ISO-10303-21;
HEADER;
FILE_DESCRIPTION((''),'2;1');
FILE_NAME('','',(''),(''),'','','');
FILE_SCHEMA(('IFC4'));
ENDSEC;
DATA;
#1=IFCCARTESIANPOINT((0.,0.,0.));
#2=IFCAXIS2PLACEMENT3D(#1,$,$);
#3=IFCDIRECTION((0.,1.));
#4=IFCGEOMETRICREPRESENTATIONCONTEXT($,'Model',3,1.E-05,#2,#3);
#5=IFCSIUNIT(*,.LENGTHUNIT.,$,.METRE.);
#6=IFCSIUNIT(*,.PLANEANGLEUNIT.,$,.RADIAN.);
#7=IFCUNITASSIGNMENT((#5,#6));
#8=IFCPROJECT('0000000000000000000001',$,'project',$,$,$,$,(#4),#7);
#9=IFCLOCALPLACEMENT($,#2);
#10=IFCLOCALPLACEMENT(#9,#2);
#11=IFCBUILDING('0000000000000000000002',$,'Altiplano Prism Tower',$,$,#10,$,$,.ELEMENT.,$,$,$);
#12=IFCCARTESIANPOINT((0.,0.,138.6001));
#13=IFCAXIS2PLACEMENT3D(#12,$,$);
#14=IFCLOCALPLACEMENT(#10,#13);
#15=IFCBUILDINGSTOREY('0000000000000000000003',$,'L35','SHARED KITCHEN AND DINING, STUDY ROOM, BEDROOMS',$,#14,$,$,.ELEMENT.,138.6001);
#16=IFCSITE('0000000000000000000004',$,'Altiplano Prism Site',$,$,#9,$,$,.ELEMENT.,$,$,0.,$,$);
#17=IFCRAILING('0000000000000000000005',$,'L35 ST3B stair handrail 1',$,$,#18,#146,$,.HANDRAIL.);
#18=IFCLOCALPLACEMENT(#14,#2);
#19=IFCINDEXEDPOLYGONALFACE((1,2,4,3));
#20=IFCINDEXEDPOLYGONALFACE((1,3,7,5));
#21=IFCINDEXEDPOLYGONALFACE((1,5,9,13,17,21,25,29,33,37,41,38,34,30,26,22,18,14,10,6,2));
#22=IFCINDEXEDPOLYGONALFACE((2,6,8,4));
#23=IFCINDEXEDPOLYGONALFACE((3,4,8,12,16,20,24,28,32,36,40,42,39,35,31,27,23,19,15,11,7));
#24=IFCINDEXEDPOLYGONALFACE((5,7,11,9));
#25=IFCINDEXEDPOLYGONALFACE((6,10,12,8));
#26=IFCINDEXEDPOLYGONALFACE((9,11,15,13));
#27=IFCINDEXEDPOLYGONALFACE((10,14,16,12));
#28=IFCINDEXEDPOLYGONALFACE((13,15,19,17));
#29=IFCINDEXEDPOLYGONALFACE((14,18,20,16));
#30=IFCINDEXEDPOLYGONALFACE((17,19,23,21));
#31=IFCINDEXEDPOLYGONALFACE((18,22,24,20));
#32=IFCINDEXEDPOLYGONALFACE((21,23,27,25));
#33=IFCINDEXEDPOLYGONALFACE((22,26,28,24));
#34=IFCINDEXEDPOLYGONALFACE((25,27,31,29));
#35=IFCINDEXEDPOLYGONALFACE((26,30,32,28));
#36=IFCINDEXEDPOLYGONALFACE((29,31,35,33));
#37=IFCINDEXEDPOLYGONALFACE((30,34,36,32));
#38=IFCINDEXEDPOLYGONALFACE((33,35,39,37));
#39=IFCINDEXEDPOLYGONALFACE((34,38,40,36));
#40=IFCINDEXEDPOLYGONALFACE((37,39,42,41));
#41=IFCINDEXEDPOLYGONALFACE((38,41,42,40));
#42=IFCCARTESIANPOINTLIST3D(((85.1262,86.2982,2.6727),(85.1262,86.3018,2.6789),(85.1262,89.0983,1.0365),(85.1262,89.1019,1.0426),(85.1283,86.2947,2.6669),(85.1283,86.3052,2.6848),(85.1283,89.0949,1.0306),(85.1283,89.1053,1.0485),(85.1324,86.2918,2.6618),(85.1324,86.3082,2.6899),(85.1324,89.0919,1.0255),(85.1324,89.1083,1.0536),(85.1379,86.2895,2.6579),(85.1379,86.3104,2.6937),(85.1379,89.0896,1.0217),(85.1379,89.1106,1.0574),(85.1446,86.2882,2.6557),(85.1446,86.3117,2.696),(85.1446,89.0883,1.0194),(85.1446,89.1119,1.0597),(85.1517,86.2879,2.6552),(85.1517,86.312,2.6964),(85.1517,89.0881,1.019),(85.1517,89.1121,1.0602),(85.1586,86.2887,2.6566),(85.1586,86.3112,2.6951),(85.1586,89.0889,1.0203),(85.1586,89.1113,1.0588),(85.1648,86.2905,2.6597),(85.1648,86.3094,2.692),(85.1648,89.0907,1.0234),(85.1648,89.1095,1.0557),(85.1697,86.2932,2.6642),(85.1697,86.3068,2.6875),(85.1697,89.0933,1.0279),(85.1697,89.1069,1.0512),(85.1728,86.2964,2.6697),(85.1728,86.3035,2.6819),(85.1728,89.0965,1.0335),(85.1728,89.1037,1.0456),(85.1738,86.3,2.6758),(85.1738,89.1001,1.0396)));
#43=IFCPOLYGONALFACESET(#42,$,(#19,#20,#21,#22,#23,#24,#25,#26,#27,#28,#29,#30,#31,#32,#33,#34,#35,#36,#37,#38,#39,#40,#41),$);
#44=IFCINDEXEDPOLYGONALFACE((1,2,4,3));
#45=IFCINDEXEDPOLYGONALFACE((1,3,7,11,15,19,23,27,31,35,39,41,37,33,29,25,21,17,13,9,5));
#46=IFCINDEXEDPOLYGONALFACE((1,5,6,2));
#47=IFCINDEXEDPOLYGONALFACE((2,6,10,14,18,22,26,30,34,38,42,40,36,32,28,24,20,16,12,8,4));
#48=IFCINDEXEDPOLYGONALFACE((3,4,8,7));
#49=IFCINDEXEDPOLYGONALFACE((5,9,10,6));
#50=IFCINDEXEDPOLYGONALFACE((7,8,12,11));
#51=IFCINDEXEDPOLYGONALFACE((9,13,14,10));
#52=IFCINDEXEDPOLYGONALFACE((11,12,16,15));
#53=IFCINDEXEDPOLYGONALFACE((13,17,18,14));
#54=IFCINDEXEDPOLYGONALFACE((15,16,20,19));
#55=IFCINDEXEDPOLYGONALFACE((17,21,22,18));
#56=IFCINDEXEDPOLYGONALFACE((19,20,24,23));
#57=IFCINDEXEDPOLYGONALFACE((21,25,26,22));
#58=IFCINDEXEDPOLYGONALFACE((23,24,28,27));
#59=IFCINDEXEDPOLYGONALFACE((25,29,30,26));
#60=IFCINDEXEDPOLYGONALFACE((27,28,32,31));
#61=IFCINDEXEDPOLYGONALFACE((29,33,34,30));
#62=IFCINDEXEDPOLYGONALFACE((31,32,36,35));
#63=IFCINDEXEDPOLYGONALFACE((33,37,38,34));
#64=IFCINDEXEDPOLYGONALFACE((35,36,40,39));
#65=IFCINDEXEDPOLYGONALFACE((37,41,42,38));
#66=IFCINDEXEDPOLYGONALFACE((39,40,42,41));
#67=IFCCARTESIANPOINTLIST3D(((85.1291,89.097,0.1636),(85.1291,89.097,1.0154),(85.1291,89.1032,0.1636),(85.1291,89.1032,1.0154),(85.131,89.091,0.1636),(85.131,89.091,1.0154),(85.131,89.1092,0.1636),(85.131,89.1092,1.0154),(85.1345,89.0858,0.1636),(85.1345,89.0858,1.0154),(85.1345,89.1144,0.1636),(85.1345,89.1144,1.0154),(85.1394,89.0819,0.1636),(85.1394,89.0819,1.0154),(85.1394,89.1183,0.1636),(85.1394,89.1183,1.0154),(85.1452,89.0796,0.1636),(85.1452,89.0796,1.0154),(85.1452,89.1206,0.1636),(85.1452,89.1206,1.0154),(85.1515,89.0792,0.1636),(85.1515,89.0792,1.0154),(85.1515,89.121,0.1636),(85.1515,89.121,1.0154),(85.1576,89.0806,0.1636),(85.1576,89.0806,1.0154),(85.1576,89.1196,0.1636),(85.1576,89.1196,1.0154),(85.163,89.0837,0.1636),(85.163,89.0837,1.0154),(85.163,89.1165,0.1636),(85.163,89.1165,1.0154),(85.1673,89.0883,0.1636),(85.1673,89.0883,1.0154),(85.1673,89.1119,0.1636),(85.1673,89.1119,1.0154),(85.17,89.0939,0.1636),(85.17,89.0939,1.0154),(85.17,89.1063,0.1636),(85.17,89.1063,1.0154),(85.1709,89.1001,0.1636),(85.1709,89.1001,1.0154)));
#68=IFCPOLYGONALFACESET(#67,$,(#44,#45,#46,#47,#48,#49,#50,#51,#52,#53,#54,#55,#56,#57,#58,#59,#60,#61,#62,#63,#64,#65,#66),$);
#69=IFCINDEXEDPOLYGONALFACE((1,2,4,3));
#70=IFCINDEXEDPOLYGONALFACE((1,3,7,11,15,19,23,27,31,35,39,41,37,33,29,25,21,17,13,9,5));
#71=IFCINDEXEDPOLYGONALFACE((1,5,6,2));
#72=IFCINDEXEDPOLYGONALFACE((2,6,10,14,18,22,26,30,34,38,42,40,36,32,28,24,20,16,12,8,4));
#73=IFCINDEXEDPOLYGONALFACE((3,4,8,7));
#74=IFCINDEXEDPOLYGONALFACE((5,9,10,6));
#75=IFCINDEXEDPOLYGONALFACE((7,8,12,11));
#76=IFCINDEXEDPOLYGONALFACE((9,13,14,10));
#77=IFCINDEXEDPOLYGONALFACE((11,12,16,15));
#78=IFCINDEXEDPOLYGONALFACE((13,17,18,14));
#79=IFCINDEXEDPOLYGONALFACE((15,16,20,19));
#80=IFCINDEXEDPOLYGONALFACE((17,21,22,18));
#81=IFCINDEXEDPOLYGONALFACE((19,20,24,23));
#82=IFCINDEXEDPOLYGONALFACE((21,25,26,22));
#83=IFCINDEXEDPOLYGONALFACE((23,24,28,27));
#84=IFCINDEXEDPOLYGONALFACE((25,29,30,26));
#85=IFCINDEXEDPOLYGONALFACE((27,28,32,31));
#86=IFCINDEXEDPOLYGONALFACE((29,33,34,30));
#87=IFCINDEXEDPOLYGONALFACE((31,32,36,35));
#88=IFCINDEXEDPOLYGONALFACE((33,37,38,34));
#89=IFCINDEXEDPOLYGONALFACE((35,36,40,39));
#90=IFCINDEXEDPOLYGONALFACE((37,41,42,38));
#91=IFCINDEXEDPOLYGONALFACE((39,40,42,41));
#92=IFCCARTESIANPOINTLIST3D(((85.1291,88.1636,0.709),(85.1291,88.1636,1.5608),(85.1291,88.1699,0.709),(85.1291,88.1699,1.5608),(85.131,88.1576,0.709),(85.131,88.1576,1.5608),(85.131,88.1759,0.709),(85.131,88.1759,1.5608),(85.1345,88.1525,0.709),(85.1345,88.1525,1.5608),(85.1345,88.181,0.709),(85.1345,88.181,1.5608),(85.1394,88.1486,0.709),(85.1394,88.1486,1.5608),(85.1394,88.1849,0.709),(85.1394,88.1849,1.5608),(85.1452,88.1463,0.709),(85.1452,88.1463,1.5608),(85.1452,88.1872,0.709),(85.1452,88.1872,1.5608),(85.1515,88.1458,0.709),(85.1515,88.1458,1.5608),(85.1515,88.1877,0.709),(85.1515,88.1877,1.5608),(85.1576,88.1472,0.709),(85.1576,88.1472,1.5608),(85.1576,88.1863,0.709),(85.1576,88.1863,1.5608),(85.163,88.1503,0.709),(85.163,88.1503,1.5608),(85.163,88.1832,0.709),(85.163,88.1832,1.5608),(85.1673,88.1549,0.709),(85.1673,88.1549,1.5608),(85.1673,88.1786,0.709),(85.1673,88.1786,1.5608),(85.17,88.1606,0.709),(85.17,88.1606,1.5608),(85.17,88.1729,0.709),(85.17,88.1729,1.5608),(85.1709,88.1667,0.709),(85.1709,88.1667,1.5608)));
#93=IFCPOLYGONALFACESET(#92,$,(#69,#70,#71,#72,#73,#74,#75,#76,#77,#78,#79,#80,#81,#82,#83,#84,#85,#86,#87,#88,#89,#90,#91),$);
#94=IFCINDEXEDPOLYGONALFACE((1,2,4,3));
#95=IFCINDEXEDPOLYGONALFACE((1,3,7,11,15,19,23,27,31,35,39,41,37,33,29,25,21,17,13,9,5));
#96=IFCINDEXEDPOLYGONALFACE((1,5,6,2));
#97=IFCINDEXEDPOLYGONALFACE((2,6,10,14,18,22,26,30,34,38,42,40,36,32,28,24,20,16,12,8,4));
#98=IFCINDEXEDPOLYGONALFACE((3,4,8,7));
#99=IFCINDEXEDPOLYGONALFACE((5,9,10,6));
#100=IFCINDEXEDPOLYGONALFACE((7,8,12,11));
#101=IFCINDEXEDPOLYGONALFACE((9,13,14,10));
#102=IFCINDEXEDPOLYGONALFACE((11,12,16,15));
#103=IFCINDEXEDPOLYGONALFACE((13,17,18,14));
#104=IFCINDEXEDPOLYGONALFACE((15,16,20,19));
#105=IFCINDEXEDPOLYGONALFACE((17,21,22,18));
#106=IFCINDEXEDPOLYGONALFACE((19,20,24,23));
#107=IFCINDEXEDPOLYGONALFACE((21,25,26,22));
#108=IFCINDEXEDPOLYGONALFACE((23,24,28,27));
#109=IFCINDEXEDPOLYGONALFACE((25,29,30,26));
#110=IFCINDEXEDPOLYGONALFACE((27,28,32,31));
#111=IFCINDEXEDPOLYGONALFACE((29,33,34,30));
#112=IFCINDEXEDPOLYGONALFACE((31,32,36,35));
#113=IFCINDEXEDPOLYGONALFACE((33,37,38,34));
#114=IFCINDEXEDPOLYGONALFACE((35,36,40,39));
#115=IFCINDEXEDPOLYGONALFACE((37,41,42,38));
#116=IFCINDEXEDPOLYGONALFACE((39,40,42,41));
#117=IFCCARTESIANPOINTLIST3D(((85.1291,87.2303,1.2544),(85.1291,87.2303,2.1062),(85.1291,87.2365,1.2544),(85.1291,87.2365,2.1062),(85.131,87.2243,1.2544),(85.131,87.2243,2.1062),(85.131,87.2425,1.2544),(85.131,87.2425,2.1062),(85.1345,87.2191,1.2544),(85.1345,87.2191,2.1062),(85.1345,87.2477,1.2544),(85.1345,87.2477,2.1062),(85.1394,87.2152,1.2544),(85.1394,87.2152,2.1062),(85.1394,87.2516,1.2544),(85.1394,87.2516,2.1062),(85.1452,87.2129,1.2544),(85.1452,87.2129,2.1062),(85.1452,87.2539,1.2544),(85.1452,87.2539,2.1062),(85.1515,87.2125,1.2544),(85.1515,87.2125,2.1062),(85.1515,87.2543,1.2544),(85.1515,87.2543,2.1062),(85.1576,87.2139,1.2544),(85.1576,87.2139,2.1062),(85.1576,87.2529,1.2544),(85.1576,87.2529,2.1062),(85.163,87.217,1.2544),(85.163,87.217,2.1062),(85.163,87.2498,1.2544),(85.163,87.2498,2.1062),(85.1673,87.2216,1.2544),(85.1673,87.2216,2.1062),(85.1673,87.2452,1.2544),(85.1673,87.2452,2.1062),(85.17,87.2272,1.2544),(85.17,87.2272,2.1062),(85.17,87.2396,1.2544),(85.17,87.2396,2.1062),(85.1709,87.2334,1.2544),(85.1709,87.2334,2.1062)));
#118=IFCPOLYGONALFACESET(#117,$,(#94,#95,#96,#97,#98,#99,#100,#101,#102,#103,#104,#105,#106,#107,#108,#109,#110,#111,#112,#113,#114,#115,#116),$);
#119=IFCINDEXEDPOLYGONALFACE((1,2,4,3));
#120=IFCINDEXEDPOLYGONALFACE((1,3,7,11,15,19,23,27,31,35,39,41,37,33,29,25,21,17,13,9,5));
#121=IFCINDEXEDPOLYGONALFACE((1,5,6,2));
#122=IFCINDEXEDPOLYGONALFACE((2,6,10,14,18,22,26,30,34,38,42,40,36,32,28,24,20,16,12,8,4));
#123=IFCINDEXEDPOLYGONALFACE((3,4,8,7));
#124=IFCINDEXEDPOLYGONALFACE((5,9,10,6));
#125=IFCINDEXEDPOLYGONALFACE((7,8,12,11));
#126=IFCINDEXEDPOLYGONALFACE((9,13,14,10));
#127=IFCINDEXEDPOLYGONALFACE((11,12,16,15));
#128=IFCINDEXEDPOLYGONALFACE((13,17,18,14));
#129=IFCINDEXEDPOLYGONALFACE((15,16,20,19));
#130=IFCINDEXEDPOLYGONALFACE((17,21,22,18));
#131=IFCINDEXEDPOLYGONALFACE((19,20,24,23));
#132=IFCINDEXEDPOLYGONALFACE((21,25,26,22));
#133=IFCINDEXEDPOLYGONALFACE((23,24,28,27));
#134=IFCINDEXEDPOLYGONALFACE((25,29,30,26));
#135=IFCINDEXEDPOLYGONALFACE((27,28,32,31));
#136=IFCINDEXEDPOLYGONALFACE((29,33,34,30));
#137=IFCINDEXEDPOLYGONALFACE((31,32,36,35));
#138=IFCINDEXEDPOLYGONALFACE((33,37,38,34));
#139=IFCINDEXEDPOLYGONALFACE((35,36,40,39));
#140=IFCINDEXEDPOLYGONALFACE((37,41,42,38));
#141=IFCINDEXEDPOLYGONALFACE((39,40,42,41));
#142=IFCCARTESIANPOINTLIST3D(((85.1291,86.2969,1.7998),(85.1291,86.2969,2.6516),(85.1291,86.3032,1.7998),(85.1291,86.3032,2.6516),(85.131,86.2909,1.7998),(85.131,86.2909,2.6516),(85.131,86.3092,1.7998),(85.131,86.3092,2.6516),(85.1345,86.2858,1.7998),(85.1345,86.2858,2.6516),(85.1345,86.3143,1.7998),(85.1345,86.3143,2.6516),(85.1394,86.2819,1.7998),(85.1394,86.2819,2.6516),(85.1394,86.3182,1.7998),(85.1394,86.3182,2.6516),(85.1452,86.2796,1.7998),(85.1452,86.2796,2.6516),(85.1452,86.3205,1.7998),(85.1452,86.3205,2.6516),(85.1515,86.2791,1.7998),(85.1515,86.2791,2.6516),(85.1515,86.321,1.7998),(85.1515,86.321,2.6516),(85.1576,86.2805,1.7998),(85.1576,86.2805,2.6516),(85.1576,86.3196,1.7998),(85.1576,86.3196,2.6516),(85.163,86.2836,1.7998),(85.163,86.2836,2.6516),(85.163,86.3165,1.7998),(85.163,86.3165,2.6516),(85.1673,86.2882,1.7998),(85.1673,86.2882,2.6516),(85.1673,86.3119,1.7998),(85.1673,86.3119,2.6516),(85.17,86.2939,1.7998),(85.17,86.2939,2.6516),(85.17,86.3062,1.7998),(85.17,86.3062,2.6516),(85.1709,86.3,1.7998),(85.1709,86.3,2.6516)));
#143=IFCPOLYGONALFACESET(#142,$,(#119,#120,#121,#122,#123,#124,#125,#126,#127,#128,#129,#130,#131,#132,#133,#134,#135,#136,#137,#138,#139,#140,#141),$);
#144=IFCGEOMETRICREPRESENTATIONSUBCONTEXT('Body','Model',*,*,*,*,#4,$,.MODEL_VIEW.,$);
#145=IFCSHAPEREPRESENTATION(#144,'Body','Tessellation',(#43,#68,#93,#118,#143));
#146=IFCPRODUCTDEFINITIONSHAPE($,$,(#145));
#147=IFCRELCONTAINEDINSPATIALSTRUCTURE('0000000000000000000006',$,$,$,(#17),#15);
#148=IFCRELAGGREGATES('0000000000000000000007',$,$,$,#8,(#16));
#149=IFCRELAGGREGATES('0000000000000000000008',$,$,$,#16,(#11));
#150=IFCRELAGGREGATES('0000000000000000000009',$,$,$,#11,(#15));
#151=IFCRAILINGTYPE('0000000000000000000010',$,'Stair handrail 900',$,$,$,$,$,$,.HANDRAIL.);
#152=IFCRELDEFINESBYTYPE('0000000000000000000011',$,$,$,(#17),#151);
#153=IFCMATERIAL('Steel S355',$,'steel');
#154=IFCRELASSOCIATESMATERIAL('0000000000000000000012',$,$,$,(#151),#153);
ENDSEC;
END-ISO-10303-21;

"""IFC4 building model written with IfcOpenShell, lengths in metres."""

from ifc_helpers import new_model, si_unit, direction, frame, origin, origin_2d, place, context, subcontext, project, spatial, circle, extrude, material, type_object, element, save


model = new_model("IFC4")

# Units and contexts
model_context = context("Model", 3, precision=1e-05, world=origin(), true_north=direction((0.0, 1.0)))
body_context = subcontext(model_context, "Body", "Model", "MODEL_VIEW")
ifc_project = project(units=[si_unit("LENGTHUNIT", "METRE"), si_unit("PLANEANGLEUNIT", "RADIAN")], contexts=[model_context])

# Site, building, storey
site_placement = place(None, origin())
site = spatial("IfcSite", under=ifc_project, at=site_placement, Name="Altiplano Prism Site", CompositionType="ELEMENT", RefElevation=0.0)
building_placement = place(site_placement, origin())
building = spatial("IfcBuilding", under=site, at=building_placement, Name="Altiplano Prism Tower", CompositionType="ELEMENT")
storey_placement = place(building_placement, frame((0.0, 0.0, 138.6001)))
storey = spatial("IfcBuildingStorey", under=building, at=storey_placement, Name="L35", Description="SHARED KITCHEN AND DINING, STUDY ROOM, BEDROOMS", CompositionType="ELEMENT", Elevation=138.6001)

# Railing
ifc_material_1 = material(Name="Steel S355", Category="steel")
railing_type_1 = type_object("IfcRailingType", Name="Stair handrail 900", PredefinedType="HANDRAIL", material=ifc_material_1)
railing_1_placement = place(storey_placement, frame((85.1499, 89.1001, 0.1636)))
element("IfcRailing", 1, at=railing_1_placement, inside=storey, type_object=railing_type_1, Name="L35 ST3B stair handrail 1", PredefinedType="HANDRAIL", context=body_context, shape_type="SweptSolid", body=[
    extrude(circle(Radius=0.0239, at=origin_2d()), frame((0.0, 0.0, 0.876), z_axis=(0.0, -0.863394, 0.504531), x_axis=(1.0, 0.0, 0.0)), (0.0, 0.0, 1.0), 3.2432),
    extrude(circle(Radius=0.021, at=origin_2d()), origin(), (0.0, 0.0, 1.0), 0.8518),
    extrude(circle(Radius=0.021, at=origin_2d()), frame((0.0, -0.9333, 0.5454)), (0.0, 0.0, 1.0), 0.8518),
    extrude(circle(Radius=0.021, at=origin_2d()), frame((0.0, -1.8667, 1.0908)), (0.0, 0.0, 1.0), 0.8518),
    extrude(circle(Radius=0.021, at=origin_2d()), frame((0.0, -2.8, 1.6362)), (0.0, 0.0, 1.0), 0.8518),
])

save(model, "model.ifc")
